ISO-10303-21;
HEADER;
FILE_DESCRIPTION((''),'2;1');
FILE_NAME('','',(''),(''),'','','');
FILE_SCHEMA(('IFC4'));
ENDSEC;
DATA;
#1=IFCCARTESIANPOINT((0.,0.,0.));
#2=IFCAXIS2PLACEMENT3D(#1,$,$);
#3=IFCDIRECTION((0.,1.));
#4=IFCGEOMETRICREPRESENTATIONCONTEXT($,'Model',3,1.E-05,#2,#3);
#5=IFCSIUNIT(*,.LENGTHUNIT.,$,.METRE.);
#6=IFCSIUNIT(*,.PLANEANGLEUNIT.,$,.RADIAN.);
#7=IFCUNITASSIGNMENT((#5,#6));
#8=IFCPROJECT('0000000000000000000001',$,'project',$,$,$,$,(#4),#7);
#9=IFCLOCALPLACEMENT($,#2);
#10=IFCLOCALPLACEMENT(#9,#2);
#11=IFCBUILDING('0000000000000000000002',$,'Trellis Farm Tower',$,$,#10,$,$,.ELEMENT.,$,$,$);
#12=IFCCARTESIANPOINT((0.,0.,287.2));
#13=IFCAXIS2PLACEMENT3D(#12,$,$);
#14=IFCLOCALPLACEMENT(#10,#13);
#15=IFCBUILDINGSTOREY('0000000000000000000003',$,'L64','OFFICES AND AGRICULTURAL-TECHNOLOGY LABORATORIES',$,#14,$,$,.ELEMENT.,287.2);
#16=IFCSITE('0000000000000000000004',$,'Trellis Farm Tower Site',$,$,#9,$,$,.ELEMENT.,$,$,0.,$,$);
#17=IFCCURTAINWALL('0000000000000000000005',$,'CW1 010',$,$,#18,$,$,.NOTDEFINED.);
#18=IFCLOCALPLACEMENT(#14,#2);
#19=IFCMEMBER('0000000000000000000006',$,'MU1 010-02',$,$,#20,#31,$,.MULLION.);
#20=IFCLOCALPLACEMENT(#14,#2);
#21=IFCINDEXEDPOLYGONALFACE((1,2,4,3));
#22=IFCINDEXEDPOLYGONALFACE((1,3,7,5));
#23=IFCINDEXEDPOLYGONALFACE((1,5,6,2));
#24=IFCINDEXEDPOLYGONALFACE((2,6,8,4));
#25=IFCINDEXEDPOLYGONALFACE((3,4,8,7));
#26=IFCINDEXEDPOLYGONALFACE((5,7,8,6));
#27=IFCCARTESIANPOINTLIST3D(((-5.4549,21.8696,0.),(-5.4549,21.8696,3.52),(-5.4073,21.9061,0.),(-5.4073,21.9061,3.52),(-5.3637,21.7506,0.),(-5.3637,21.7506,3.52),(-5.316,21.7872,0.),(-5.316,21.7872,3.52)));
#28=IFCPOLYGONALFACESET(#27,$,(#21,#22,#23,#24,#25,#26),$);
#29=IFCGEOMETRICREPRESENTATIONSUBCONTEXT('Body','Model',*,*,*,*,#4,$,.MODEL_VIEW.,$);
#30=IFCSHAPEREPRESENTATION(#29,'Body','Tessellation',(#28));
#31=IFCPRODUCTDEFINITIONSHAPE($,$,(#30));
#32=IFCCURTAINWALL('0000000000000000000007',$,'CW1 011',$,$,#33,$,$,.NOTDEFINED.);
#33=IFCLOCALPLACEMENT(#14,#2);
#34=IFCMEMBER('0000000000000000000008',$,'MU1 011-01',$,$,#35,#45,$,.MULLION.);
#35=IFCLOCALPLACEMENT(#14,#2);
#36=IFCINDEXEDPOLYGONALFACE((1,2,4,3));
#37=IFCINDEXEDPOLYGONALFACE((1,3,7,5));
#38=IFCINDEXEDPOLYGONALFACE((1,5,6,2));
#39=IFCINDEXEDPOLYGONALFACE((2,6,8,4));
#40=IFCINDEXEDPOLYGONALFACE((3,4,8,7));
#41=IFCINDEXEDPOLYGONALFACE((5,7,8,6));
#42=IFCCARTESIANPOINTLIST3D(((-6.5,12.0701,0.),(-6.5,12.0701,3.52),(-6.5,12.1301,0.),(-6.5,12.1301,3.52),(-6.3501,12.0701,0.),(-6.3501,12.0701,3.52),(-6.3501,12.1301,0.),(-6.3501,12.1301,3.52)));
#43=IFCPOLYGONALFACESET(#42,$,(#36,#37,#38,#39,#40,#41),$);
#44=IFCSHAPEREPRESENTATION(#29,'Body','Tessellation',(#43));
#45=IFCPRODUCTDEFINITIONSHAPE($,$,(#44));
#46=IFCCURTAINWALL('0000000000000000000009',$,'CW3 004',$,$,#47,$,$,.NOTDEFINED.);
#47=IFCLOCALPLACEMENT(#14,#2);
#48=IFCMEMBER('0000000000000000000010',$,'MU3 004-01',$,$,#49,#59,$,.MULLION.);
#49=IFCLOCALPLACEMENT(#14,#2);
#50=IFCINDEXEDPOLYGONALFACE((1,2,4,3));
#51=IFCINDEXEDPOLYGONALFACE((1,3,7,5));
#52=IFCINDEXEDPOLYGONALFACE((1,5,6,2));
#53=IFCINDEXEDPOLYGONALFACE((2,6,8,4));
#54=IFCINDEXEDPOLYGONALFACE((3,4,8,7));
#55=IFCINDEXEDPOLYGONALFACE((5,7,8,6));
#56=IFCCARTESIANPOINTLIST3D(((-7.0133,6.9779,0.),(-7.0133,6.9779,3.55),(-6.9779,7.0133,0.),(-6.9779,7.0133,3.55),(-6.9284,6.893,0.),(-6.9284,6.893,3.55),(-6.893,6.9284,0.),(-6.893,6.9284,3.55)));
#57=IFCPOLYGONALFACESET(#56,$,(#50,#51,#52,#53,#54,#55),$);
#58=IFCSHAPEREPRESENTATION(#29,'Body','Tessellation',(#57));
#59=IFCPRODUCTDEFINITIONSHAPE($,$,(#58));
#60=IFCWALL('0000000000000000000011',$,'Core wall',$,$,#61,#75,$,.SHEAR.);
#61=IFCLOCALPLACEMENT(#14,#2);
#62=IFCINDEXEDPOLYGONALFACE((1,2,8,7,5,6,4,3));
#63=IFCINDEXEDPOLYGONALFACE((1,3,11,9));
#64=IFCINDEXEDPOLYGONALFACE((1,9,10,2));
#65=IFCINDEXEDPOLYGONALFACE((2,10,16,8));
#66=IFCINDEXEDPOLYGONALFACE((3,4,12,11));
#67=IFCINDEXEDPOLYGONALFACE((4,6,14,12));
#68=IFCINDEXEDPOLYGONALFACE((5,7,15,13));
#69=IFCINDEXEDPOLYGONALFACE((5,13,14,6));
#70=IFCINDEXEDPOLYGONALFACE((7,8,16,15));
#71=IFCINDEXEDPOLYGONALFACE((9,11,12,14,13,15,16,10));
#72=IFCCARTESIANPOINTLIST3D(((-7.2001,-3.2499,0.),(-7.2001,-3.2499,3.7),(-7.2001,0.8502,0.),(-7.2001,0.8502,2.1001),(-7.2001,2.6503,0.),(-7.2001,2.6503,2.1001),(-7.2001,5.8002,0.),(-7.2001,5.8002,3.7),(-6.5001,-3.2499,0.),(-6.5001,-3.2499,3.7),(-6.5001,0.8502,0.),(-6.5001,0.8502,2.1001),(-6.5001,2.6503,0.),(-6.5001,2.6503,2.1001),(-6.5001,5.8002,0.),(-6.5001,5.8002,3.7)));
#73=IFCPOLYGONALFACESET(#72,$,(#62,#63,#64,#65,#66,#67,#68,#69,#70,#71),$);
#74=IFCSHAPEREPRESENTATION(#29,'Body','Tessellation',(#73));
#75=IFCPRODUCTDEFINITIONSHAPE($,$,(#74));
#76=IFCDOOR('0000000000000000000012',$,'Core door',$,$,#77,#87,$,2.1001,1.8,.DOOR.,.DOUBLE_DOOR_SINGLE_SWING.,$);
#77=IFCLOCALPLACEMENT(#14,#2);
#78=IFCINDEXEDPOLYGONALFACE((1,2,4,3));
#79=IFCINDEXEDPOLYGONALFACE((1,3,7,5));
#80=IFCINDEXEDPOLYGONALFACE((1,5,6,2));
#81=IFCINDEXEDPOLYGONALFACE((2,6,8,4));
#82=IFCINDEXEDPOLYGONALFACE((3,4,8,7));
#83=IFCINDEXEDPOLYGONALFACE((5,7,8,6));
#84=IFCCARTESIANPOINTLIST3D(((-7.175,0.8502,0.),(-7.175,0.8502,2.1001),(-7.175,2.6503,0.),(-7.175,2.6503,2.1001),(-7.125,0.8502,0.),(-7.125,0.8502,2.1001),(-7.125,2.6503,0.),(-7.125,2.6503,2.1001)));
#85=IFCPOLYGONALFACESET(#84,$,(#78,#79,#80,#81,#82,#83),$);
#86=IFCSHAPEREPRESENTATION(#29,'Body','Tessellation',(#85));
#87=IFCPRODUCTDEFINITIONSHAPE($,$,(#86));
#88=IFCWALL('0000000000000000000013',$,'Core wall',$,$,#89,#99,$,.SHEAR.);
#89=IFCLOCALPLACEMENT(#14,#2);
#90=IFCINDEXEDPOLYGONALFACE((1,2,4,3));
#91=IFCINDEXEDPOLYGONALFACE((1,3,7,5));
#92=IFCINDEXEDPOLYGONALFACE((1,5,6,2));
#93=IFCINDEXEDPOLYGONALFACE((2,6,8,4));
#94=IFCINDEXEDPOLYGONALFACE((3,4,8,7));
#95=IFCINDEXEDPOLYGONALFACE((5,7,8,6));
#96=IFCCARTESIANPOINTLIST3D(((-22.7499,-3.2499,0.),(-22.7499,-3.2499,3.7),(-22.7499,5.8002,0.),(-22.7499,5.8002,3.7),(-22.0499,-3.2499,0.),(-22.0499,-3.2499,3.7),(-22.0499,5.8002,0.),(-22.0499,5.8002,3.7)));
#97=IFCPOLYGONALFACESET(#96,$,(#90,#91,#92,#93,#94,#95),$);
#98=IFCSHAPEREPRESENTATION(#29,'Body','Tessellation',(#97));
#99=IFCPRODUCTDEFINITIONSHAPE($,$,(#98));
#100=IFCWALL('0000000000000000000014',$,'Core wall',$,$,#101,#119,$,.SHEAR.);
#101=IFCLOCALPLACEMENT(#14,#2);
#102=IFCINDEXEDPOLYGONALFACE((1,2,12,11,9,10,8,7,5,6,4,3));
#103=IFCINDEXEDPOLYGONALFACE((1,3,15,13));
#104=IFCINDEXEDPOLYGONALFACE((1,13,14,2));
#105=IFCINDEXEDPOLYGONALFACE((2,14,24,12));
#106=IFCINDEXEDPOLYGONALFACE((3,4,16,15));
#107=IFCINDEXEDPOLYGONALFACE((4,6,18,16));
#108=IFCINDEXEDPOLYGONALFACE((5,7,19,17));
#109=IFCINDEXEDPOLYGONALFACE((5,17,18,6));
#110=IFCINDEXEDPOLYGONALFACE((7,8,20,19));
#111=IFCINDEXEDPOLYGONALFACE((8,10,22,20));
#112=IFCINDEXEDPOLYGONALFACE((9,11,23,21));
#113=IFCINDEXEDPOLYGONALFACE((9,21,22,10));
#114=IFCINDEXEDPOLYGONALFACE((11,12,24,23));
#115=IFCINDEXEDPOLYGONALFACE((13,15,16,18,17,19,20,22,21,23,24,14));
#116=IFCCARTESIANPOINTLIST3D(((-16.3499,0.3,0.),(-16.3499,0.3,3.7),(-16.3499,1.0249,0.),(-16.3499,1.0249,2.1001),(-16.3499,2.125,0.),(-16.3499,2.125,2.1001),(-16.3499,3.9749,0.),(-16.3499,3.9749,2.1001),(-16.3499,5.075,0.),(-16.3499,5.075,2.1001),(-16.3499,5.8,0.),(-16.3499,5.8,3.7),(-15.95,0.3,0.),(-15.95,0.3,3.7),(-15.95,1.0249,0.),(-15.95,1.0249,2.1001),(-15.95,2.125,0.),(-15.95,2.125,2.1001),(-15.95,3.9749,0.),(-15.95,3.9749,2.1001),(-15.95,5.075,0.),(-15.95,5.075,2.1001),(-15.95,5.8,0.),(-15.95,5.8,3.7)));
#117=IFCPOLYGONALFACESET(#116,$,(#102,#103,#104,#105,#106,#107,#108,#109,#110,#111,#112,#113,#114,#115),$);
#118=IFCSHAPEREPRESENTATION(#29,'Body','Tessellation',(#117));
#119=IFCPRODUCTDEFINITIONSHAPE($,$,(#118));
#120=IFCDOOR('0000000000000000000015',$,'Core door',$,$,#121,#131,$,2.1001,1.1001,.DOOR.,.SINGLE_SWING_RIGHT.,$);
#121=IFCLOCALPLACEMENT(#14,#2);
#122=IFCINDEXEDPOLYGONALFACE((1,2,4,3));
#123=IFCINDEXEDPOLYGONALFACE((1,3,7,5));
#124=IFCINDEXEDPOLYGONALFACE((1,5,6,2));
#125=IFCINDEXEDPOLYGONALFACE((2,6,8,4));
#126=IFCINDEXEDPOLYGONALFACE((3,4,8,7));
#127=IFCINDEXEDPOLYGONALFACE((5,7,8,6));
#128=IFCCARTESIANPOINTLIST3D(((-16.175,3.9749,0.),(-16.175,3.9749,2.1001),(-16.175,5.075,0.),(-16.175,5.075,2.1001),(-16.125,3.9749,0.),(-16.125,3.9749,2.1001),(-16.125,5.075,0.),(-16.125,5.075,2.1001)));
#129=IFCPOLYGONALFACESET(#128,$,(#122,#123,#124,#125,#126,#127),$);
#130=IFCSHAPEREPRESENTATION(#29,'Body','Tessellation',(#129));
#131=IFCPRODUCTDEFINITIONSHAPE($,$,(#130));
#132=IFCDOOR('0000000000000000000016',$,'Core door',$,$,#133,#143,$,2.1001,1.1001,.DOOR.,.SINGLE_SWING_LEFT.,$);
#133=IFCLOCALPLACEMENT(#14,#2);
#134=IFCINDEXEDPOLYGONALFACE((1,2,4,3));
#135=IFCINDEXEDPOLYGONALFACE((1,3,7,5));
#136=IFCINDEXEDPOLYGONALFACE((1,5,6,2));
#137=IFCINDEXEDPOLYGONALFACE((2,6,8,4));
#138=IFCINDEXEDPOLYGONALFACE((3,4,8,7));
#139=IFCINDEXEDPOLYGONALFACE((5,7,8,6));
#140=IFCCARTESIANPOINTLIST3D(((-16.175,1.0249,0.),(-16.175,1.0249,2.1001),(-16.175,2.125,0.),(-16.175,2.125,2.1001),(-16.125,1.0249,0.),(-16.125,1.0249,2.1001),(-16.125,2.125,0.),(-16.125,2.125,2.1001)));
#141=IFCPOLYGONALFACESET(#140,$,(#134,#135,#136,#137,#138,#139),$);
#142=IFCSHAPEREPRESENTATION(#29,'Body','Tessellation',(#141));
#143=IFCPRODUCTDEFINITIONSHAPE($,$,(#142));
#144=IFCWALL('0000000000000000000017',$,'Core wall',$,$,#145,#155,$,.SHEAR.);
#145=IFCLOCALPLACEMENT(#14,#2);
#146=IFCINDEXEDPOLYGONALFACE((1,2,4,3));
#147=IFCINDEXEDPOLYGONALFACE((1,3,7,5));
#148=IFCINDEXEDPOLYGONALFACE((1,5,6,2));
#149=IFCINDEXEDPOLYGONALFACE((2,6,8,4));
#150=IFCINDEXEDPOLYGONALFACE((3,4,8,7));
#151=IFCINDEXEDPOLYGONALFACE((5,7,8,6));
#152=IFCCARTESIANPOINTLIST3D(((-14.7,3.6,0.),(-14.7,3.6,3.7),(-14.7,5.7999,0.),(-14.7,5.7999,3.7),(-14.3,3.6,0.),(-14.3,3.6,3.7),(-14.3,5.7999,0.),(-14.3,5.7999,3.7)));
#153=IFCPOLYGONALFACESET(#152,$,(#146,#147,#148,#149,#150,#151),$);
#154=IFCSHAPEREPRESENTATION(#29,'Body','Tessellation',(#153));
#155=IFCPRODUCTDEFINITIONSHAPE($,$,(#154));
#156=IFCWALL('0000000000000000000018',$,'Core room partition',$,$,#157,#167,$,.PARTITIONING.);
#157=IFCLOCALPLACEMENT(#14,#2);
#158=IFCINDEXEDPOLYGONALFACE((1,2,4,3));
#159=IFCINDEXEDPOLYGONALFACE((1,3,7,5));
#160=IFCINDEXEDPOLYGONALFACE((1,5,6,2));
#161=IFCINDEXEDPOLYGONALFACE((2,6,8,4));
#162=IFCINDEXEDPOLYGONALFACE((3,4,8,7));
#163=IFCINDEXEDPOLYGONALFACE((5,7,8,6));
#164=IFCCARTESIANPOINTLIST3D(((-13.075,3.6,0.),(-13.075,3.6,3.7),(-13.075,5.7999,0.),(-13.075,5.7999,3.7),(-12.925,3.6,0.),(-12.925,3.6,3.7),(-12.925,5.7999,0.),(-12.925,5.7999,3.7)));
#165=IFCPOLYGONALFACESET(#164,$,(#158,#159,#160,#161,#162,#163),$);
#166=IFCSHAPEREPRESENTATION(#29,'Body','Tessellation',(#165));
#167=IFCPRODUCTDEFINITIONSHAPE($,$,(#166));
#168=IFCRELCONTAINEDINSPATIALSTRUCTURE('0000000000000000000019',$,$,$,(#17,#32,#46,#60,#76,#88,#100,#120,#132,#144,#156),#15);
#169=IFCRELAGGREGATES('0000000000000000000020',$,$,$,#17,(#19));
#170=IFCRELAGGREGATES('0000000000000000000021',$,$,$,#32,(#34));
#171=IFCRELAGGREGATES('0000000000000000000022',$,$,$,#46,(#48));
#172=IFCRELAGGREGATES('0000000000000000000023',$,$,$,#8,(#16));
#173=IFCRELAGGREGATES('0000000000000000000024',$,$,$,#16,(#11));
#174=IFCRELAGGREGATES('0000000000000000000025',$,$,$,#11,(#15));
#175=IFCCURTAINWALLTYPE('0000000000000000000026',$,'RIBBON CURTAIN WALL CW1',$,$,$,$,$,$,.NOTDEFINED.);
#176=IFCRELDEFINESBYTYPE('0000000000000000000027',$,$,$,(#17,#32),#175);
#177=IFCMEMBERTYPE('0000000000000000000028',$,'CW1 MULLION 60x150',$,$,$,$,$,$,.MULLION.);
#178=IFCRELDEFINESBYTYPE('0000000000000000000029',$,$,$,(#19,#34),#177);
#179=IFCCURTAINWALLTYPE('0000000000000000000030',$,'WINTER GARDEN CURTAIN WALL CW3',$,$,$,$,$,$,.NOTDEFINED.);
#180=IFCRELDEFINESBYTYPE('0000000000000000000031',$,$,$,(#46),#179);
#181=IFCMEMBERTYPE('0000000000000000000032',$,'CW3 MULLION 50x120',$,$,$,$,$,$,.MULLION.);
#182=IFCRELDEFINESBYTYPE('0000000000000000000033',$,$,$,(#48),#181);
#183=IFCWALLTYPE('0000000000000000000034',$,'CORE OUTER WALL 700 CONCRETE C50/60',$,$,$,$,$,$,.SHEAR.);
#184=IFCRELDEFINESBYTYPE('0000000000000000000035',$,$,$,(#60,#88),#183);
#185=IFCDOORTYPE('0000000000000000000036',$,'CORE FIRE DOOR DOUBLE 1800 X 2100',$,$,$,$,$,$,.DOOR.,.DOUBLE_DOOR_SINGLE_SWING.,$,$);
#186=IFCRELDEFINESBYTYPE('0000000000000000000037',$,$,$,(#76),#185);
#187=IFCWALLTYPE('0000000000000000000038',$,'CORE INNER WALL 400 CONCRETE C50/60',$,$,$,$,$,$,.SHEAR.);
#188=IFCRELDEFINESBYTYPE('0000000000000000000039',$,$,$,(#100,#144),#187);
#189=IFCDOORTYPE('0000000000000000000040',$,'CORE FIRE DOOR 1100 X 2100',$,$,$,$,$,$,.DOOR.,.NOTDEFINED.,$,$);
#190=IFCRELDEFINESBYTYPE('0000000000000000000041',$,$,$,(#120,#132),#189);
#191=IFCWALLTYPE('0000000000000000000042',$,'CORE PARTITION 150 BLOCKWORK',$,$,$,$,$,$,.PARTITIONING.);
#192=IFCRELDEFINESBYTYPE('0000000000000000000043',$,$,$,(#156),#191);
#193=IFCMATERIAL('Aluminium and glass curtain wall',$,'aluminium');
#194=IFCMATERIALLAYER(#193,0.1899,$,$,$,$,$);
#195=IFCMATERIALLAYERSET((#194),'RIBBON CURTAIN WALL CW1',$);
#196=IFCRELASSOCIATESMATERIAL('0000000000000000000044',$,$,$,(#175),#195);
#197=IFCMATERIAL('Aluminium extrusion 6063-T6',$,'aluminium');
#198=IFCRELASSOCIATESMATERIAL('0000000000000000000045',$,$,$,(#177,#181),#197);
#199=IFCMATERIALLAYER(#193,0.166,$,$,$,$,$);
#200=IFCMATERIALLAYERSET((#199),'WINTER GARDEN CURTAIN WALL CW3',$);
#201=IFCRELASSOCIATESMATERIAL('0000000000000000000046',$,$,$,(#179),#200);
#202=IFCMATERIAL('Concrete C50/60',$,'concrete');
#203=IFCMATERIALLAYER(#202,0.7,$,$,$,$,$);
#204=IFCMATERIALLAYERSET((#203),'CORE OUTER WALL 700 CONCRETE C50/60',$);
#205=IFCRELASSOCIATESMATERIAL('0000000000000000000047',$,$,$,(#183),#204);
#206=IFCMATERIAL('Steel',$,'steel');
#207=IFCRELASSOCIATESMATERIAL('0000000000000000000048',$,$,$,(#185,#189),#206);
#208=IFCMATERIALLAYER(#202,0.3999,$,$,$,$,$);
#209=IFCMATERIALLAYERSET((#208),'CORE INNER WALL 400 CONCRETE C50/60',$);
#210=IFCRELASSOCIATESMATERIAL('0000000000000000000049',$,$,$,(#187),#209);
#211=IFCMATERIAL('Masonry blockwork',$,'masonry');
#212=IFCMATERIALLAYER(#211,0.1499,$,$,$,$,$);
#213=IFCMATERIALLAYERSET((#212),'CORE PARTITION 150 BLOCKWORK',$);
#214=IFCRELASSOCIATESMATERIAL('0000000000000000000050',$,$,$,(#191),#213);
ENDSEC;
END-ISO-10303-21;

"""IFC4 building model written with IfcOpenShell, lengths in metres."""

from ifc_helpers import new_model, si_unit, direction, frame, frame_2d, origin, origin_2d, place, context, subcontext, project, spatial, rectangle, extrude, source, transform, mapped, material, layer, layer_set, material_profile, profile_set, type_object, element, fill, aggregate, save


model = new_model("IFC4")

# Units and contexts
model_context = context("Model", 3, precision=1e-05, world=origin(), true_north=direction((0.0, 1.0)))
body_context = subcontext(model_context, "Body", "Model", "MODEL_VIEW")
ifc_project = project(units=[si_unit("LENGTHUNIT", "METRE"), si_unit("PLANEANGLEUNIT", "RADIAN")], contexts=[model_context])

# Site, building, storey
site_placement = place(None, origin())
site = spatial("IfcSite", under=ifc_project, at=site_placement, Name="Trellis Farm Tower Site", CompositionType="ELEMENT", RefElevation=0.0)
building_placement = place(site_placement, origin())
building = spatial("IfcBuilding", under=site, at=building_placement, Name="Trellis Farm Tower", CompositionType="ELEMENT")
storey_placement = place(building_placement, frame((0.0, 0.0, 287.2)))
storey = spatial("IfcBuildingStorey", under=building, at=storey_placement, Name="L64", Description="OFFICES AND AGRICULTURAL-TECHNOLOGY LABORATORIES", CompositionType="ELEMENT", Elevation=287.2)

# Curtain walls, members
ifc_material_1 = material(Name="Aluminium and glass curtain wall", Category="aluminium")
ifc_layer_1 = layer(ifc_material_1, 0.1899)
ifc_layer_set_1 = layer_set([ifc_layer_1], Name="RIBBON CURTAIN WALL CW1")
curtain_wall_type_1 = type_object("IfcCurtainWallType", Name="RIBBON CURTAIN WALL CW1", PredefinedType="NOTDEFINED", material=ifc_layer_set_1)
placement = place(storey_placement, origin())
curtain_wall_1 = element("IfcCurtainWall", 1, at=placement, inside=storey, type_object=curtain_wall_type_1, Name="CW1 010", PredefinedType="NOTDEFINED")
ifc_material_2 = material(Name="Aluminium extrusion 6063-T6", Category="aluminium")
ifc_material_profile_1 = material_profile(ifc_material_2, rectangle(XDim=0.0601, YDim=0.1499, at=origin_2d()), Name="MULLION 60x150")
ifc_profile_set_1 = profile_set([ifc_material_profile_1], Name="Aluminium extrusion 6063-T6")
member_type_1 = type_object("IfcMemberType", Name="CW1 MULLION 60x150", PredefinedType="MULLION", material=ifc_profile_set_1)
shared_shape_1 = source(origin(), body_context, "Body", "SweptSolid", [
    extrude(rectangle(XDim=0.0601, YDim=0.1499, at=origin_2d()), origin(), (0.0, 0.0, 1.0), 3.52),
])
member_1_placement = place(storey_placement, frame((-5.3855, 21.8284, 0.0), z_axis=(0.0, 0.0, 1.0), x_axis=(-0.793353, -0.608761, 0.0)))
member_1 = element("IfcMember", 2, at=member_1_placement, type_object=member_type_1, Name="MU1 010-02", PredefinedType="MULLION", context=body_context, shape_type="MappedRepresentation", body=[
    mapped(shared_shape_1, transform((0.0, 0.0, 0.0))),
])
aggregate(curtain_wall_1, [member_1])
curtain_wall_2 = element("IfcCurtainWall", 3, at=placement, inside=storey, type_object=curtain_wall_type_1, Name="CW1 011", PredefinedType="NOTDEFINED")
member_2_placement = place(storey_placement, frame((-6.425, 12.1001, 0.0), z_axis=(0.0, 0.0, 1.0), x_axis=(0.0, -1.0, 0.0)))
member_2 = element("IfcMember", 4, at=member_2_placement, type_object=member_type_1, Name="MU1 011-01", PredefinedType="MULLION", context=body_context, shape_type="MappedRepresentation", body=[
    mapped(shared_shape_1, transform((0.0, 0.0, 0.0))),
])
aggregate(curtain_wall_2, [member_2])
ifc_layer_2 = layer(ifc_material_1, 0.166)
ifc_layer_set_2 = layer_set([ifc_layer_2], Name="WINTER GARDEN CURTAIN WALL CW3")
curtain_wall_type_2 = type_object("IfcCurtainWallType", Name="WINTER GARDEN CURTAIN WALL CW3", PredefinedType="NOTDEFINED", material=ifc_layer_set_2)
curtain_wall_3 = element("IfcCurtainWall", 5, at=placement, inside=storey, type_object=curtain_wall_type_2, Name="CW3 004", PredefinedType="NOTDEFINED")
ifc_material_profile_2 = material_profile(ifc_material_2, rectangle(XDim=0.05, YDim=0.1201, at=origin_2d()), Name="MULLION 50x120")
ifc_profile_set_2 = profile_set([ifc_material_profile_2], Name="Aluminium extrusion 6063-T6")
member_type_2 = type_object("IfcMemberType", Name="CW3 MULLION 50x120", PredefinedType="MULLION", material=ifc_profile_set_2)
shared_shape_2 = source(origin(), body_context, "Body", "SweptSolid", [
    extrude(rectangle(XDim=0.05, YDim=0.1201, at=origin_2d()), origin(), (0.0, 0.0, 1.0), 3.55),
])
member_3_placement = place(storey_placement, frame((-6.9531, 6.9531, 0.0), z_axis=(0.0, 0.0, 1.0), x_axis=(-0.707107, -0.707107, 0.0)))
member_3 = element("IfcMember", 6, at=member_3_placement, type_object=member_type_2, Name="MU3 004-01", PredefinedType="MULLION", context=body_context, shape_type="MappedRepresentation", body=[
    mapped(shared_shape_2, transform((0.0, 0.0, 0.0))),
])
aggregate(curtain_wall_3, [member_3])

# Wall, opening, door
ifc_material_3 = material(Name="Concrete C50/60", Category="concrete")
ifc_layer_3 = layer(ifc_material_3, 0.7)
ifc_layer_set_3 = layer_set([ifc_layer_3], Name="CORE OUTER WALL 700 CONCRETE C50/60")
wall_type_1 = type_object("IfcWallType", Name="CORE OUTER WALL 700 CONCRETE C50/60", PredefinedType="SHEAR", material=ifc_layer_set_3)
shared_shape_3 = source(origin(), body_context, "Body", "SweptSolid", [
    extrude(rectangle(XDim=9.05, YDim=0.7, at=frame_2d((4.5249, 0.0))), origin(), (0.0, 0.0, 1.0), 3.7),
])
wall_1_placement = place(storey_placement, frame((-6.8501, 5.8, 0.0), z_axis=(0.0, 0.0, 1.0), x_axis=(0.0, -1.0, 0.0)))
wall_1 = element("IfcWall", 7, at=wall_1_placement, inside=storey, type_object=wall_type_1, Name="Core wall", PredefinedType="SHEAR", context=body_context, shape_type="MappedRepresentation", body=[
    mapped(shared_shape_3, transform((0.0, 0.0, 0.0))),
])
shared_shape_4 = source(origin(), body_context, "Body", "SweptSolid", [
    extrude(rectangle(XDim=1.8, YDim=2.1001, at=frame_2d((0.8999, 1.05))), frame((0.0, 0.3601, 0.0), z_axis=(0.0, -1.0, 0.0), x_axis=(1.0, 0.0, 0.0)), (0.0, 0.0, 1.0), 0.7202),
])
opening_1_placement = place(wall_1_placement, frame((3.1499, 0.0, 0.0)))
opening_1 = element("IfcOpeningElement", 8, at=opening_1_placement, cuts=wall_1, PredefinedType="OPENING", context=body_context, shape_type="MappedRepresentation", body=[
    mapped(shared_shape_4, transform((0.0, 0.0, 0.0))),
])
ifc_material_4 = material(Name="Steel", Category="steel")
door_type_1 = type_object("IfcDoorType", Name="CORE FIRE DOOR DOUBLE 1800 X 2100", OperationType="DOUBLE_DOOR_SINGLE_SWING", PredefinedType="DOOR", material=ifc_material_4)
shared_shape_5 = source(origin(), body_context, "Body", "SweptSolid", [
    extrude(rectangle(XDim=1.8, YDim=2.1001, at=frame_2d((0.8999, 1.05))), frame((0.0, -0.2749, 0.0), z_axis=(0.0, -1.0, 0.0), x_axis=(1.0, 0.0, 0.0)), (0.0, 0.0, 1.0), 0.05),
])
door_1_placement = place(opening_1_placement, origin())
door_1 = element("IfcDoor", 9, at=door_1_placement, inside=storey, type_object=door_type_1, Name="Core door", OperationType="DOUBLE_DOOR_SINGLE_SWING", OverallHeight=2.1001, OverallWidth=1.8, PredefinedType="DOOR", context=body_context, shape_type="MappedRepresentation", body=[
    mapped(shared_shape_5, transform((0.0, 0.0, 0.0))),
])
fill(opening_1, door_1)

# Wall
wall_2_placement = place(storey_placement, frame((-22.3999, 5.8, 0.0), z_axis=(0.0, 0.0, 1.0), x_axis=(0.0, -1.0, 0.0)))
element("IfcWall", 10, at=wall_2_placement, inside=storey, type_object=wall_type_1, Name="Core wall", PredefinedType="SHEAR", context=body_context, shape_type="MappedRepresentation", body=[
    mapped(shared_shape_3, transform((0.0, 0.0, 0.0))),
])

# Wall, openings, doors
ifc_layer_4 = layer(ifc_material_3, 0.3999)
ifc_layer_set_4 = layer_set([ifc_layer_4], Name="CORE INNER WALL 400 CONCRETE C50/60")
wall_type_2 = type_object("IfcWallType", Name="CORE INNER WALL 400 CONCRETE C50/60", PredefinedType="SHEAR", material=ifc_layer_set_4)
shared_shape_6 = source(origin(), body_context, "Body", "SweptSolid", [
    extrude(rectangle(XDim=5.5, YDim=0.3999, at=frame_2d((2.75, 0.0))), origin(), (0.0, 0.0, 1.0), 3.7),
])
wall_3_placement = place(storey_placement, frame((-16.1499, 5.8, 0.0), z_axis=(0.0, 0.0, 1.0), x_axis=(0.0, -1.0, 0.0)))
wall_3 = element("IfcWall", 11, at=wall_3_placement, inside=storey, type_object=wall_type_2, Name="Core wall", PredefinedType="SHEAR", context=body_context, shape_type="MappedRepresentation", body=[
    mapped(shared_shape_6, transform((0.0, 0.0, 0.0))),
])
shared_shape_7 = source(origin(), body_context, "Body", "SweptSolid", [
    extrude(rectangle(XDim=1.1001, YDim=2.1001, at=frame_2d((0.55, 1.05))), frame((0.0, 0.21, 0.0), z_axis=(0.0, -1.0, 0.0), x_axis=(1.0, 0.0, 0.0)), (0.0, 0.0, 1.0), 0.4199),
])
opening_2_placement = place(wall_3_placement, frame((0.7251, 0.0, 0.0)))
opening_2 = element("IfcOpeningElement", 12, at=opening_2_placement, cuts=wall_3, PredefinedType="OPENING", context=body_context, shape_type="MappedRepresentation", body=[
    mapped(shared_shape_7, transform((0.0, 0.0, 0.0))),
])
opening_3_placement = place(wall_3_placement, frame((3.675, 0.0, 0.0)))
opening_3 = element("IfcOpeningElement", 13, at=opening_3_placement, cuts=wall_3, PredefinedType="OPENING", context=body_context, shape_type="MappedRepresentation", body=[
    mapped(shared_shape_7, transform((0.0, 0.0, 0.0))),
])
door_type_2 = type_object("IfcDoorType", Name="CORE FIRE DOOR 1100 X 2100", OperationType="NOTDEFINED", PredefinedType="DOOR", material=ifc_material_4)
shared_shape_8 = source(origin(), body_context, "Body", "SweptSolid", [
    extrude(rectangle(XDim=1.1001, YDim=2.1001, at=frame_2d((0.55, 1.05))), frame((0.0, 0.0249, 0.0), z_axis=(0.0, -1.0, 0.0), x_axis=(1.0, 0.0, 0.0)), (0.0, 0.0, 1.0), 0.05),
])
door_2_placement = place(opening_2_placement, origin())
door_2 = element("IfcDoor", 14, at=door_2_placement, inside=storey, type_object=door_type_2, Name="Core door", OperationType="SINGLE_SWING_RIGHT", OverallHeight=2.1001, OverallWidth=1.1001, PredefinedType="DOOR", context=body_context, shape_type="MappedRepresentation", body=[
    mapped(shared_shape_8, transform((0.0, 0.0, 0.0))),
])
fill(opening_2, door_2)
door_3_placement = place(opening_3_placement, origin())
door_3 = element("IfcDoor", 15, at=door_3_placement, inside=storey, type_object=door_type_2, Name="Core door", OperationType="SINGLE_SWING_LEFT", OverallHeight=2.1001, OverallWidth=1.1001, PredefinedType="DOOR", context=body_context, shape_type="MappedRepresentation", body=[
    mapped(shared_shape_8, transform((0.0, 0.0, 0.0))),
])
fill(opening_3, door_3)

# Walls
shared_shape_9 = source(origin(), body_context, "Body", "SweptSolid", [
    extrude(rectangle(XDim=2.2, YDim=0.3999, at=frame_2d((1.1001, 0.0))), origin(), (0.0, 0.0, 1.0), 3.7),
])
wall_4_placement = place(storey_placement, frame((-14.5, 5.8, 0.0), z_axis=(0.0, 0.0, 1.0), x_axis=(0.0, -1.0, 0.0)))
element("IfcWall", 16, at=wall_4_placement, inside=storey, type_object=wall_type_2, Name="Core wall", PredefinedType="SHEAR", context=body_context, shape_type="MappedRepresentation", body=[
    mapped(shared_shape_9, transform((0.0, 0.0, 0.0))),
])
ifc_material_5 = material(Name="Masonry blockwork", Category="masonry")
ifc_layer_5 = layer(ifc_material_5, 0.1499)
ifc_layer_set_5 = layer_set([ifc_layer_5], Name="CORE PARTITION 150 BLOCKWORK")
wall_type_3 = type_object("IfcWallType", Name="CORE PARTITION 150 BLOCKWORK", PredefinedType="PARTITIONING", material=ifc_layer_set_5)
shared_shape_10 = source(origin(), body_context, "Body", "SweptSolid", [
    extrude(rectangle(XDim=2.2, YDim=0.1499, at=frame_2d((1.1001, 0.0))), origin(), (0.0, 0.0, 1.0), 3.7),
])
wall_5_placement = place(storey_placement, frame((-13.0, 5.8, 0.0), z_axis=(0.0, 0.0, 1.0), x_axis=(0.0, -1.0, 0.0)))
element("IfcWall", 17, at=wall_5_placement, inside=storey, type_object=wall_type_3, Name="Core room partition", PredefinedType="PARTITIONING", context=body_context, shape_type="MappedRepresentation", body=[
    mapped(shared_shape_10, transform((0.0, 0.0, 0.0))),
])

save(model, "model.ifc")
